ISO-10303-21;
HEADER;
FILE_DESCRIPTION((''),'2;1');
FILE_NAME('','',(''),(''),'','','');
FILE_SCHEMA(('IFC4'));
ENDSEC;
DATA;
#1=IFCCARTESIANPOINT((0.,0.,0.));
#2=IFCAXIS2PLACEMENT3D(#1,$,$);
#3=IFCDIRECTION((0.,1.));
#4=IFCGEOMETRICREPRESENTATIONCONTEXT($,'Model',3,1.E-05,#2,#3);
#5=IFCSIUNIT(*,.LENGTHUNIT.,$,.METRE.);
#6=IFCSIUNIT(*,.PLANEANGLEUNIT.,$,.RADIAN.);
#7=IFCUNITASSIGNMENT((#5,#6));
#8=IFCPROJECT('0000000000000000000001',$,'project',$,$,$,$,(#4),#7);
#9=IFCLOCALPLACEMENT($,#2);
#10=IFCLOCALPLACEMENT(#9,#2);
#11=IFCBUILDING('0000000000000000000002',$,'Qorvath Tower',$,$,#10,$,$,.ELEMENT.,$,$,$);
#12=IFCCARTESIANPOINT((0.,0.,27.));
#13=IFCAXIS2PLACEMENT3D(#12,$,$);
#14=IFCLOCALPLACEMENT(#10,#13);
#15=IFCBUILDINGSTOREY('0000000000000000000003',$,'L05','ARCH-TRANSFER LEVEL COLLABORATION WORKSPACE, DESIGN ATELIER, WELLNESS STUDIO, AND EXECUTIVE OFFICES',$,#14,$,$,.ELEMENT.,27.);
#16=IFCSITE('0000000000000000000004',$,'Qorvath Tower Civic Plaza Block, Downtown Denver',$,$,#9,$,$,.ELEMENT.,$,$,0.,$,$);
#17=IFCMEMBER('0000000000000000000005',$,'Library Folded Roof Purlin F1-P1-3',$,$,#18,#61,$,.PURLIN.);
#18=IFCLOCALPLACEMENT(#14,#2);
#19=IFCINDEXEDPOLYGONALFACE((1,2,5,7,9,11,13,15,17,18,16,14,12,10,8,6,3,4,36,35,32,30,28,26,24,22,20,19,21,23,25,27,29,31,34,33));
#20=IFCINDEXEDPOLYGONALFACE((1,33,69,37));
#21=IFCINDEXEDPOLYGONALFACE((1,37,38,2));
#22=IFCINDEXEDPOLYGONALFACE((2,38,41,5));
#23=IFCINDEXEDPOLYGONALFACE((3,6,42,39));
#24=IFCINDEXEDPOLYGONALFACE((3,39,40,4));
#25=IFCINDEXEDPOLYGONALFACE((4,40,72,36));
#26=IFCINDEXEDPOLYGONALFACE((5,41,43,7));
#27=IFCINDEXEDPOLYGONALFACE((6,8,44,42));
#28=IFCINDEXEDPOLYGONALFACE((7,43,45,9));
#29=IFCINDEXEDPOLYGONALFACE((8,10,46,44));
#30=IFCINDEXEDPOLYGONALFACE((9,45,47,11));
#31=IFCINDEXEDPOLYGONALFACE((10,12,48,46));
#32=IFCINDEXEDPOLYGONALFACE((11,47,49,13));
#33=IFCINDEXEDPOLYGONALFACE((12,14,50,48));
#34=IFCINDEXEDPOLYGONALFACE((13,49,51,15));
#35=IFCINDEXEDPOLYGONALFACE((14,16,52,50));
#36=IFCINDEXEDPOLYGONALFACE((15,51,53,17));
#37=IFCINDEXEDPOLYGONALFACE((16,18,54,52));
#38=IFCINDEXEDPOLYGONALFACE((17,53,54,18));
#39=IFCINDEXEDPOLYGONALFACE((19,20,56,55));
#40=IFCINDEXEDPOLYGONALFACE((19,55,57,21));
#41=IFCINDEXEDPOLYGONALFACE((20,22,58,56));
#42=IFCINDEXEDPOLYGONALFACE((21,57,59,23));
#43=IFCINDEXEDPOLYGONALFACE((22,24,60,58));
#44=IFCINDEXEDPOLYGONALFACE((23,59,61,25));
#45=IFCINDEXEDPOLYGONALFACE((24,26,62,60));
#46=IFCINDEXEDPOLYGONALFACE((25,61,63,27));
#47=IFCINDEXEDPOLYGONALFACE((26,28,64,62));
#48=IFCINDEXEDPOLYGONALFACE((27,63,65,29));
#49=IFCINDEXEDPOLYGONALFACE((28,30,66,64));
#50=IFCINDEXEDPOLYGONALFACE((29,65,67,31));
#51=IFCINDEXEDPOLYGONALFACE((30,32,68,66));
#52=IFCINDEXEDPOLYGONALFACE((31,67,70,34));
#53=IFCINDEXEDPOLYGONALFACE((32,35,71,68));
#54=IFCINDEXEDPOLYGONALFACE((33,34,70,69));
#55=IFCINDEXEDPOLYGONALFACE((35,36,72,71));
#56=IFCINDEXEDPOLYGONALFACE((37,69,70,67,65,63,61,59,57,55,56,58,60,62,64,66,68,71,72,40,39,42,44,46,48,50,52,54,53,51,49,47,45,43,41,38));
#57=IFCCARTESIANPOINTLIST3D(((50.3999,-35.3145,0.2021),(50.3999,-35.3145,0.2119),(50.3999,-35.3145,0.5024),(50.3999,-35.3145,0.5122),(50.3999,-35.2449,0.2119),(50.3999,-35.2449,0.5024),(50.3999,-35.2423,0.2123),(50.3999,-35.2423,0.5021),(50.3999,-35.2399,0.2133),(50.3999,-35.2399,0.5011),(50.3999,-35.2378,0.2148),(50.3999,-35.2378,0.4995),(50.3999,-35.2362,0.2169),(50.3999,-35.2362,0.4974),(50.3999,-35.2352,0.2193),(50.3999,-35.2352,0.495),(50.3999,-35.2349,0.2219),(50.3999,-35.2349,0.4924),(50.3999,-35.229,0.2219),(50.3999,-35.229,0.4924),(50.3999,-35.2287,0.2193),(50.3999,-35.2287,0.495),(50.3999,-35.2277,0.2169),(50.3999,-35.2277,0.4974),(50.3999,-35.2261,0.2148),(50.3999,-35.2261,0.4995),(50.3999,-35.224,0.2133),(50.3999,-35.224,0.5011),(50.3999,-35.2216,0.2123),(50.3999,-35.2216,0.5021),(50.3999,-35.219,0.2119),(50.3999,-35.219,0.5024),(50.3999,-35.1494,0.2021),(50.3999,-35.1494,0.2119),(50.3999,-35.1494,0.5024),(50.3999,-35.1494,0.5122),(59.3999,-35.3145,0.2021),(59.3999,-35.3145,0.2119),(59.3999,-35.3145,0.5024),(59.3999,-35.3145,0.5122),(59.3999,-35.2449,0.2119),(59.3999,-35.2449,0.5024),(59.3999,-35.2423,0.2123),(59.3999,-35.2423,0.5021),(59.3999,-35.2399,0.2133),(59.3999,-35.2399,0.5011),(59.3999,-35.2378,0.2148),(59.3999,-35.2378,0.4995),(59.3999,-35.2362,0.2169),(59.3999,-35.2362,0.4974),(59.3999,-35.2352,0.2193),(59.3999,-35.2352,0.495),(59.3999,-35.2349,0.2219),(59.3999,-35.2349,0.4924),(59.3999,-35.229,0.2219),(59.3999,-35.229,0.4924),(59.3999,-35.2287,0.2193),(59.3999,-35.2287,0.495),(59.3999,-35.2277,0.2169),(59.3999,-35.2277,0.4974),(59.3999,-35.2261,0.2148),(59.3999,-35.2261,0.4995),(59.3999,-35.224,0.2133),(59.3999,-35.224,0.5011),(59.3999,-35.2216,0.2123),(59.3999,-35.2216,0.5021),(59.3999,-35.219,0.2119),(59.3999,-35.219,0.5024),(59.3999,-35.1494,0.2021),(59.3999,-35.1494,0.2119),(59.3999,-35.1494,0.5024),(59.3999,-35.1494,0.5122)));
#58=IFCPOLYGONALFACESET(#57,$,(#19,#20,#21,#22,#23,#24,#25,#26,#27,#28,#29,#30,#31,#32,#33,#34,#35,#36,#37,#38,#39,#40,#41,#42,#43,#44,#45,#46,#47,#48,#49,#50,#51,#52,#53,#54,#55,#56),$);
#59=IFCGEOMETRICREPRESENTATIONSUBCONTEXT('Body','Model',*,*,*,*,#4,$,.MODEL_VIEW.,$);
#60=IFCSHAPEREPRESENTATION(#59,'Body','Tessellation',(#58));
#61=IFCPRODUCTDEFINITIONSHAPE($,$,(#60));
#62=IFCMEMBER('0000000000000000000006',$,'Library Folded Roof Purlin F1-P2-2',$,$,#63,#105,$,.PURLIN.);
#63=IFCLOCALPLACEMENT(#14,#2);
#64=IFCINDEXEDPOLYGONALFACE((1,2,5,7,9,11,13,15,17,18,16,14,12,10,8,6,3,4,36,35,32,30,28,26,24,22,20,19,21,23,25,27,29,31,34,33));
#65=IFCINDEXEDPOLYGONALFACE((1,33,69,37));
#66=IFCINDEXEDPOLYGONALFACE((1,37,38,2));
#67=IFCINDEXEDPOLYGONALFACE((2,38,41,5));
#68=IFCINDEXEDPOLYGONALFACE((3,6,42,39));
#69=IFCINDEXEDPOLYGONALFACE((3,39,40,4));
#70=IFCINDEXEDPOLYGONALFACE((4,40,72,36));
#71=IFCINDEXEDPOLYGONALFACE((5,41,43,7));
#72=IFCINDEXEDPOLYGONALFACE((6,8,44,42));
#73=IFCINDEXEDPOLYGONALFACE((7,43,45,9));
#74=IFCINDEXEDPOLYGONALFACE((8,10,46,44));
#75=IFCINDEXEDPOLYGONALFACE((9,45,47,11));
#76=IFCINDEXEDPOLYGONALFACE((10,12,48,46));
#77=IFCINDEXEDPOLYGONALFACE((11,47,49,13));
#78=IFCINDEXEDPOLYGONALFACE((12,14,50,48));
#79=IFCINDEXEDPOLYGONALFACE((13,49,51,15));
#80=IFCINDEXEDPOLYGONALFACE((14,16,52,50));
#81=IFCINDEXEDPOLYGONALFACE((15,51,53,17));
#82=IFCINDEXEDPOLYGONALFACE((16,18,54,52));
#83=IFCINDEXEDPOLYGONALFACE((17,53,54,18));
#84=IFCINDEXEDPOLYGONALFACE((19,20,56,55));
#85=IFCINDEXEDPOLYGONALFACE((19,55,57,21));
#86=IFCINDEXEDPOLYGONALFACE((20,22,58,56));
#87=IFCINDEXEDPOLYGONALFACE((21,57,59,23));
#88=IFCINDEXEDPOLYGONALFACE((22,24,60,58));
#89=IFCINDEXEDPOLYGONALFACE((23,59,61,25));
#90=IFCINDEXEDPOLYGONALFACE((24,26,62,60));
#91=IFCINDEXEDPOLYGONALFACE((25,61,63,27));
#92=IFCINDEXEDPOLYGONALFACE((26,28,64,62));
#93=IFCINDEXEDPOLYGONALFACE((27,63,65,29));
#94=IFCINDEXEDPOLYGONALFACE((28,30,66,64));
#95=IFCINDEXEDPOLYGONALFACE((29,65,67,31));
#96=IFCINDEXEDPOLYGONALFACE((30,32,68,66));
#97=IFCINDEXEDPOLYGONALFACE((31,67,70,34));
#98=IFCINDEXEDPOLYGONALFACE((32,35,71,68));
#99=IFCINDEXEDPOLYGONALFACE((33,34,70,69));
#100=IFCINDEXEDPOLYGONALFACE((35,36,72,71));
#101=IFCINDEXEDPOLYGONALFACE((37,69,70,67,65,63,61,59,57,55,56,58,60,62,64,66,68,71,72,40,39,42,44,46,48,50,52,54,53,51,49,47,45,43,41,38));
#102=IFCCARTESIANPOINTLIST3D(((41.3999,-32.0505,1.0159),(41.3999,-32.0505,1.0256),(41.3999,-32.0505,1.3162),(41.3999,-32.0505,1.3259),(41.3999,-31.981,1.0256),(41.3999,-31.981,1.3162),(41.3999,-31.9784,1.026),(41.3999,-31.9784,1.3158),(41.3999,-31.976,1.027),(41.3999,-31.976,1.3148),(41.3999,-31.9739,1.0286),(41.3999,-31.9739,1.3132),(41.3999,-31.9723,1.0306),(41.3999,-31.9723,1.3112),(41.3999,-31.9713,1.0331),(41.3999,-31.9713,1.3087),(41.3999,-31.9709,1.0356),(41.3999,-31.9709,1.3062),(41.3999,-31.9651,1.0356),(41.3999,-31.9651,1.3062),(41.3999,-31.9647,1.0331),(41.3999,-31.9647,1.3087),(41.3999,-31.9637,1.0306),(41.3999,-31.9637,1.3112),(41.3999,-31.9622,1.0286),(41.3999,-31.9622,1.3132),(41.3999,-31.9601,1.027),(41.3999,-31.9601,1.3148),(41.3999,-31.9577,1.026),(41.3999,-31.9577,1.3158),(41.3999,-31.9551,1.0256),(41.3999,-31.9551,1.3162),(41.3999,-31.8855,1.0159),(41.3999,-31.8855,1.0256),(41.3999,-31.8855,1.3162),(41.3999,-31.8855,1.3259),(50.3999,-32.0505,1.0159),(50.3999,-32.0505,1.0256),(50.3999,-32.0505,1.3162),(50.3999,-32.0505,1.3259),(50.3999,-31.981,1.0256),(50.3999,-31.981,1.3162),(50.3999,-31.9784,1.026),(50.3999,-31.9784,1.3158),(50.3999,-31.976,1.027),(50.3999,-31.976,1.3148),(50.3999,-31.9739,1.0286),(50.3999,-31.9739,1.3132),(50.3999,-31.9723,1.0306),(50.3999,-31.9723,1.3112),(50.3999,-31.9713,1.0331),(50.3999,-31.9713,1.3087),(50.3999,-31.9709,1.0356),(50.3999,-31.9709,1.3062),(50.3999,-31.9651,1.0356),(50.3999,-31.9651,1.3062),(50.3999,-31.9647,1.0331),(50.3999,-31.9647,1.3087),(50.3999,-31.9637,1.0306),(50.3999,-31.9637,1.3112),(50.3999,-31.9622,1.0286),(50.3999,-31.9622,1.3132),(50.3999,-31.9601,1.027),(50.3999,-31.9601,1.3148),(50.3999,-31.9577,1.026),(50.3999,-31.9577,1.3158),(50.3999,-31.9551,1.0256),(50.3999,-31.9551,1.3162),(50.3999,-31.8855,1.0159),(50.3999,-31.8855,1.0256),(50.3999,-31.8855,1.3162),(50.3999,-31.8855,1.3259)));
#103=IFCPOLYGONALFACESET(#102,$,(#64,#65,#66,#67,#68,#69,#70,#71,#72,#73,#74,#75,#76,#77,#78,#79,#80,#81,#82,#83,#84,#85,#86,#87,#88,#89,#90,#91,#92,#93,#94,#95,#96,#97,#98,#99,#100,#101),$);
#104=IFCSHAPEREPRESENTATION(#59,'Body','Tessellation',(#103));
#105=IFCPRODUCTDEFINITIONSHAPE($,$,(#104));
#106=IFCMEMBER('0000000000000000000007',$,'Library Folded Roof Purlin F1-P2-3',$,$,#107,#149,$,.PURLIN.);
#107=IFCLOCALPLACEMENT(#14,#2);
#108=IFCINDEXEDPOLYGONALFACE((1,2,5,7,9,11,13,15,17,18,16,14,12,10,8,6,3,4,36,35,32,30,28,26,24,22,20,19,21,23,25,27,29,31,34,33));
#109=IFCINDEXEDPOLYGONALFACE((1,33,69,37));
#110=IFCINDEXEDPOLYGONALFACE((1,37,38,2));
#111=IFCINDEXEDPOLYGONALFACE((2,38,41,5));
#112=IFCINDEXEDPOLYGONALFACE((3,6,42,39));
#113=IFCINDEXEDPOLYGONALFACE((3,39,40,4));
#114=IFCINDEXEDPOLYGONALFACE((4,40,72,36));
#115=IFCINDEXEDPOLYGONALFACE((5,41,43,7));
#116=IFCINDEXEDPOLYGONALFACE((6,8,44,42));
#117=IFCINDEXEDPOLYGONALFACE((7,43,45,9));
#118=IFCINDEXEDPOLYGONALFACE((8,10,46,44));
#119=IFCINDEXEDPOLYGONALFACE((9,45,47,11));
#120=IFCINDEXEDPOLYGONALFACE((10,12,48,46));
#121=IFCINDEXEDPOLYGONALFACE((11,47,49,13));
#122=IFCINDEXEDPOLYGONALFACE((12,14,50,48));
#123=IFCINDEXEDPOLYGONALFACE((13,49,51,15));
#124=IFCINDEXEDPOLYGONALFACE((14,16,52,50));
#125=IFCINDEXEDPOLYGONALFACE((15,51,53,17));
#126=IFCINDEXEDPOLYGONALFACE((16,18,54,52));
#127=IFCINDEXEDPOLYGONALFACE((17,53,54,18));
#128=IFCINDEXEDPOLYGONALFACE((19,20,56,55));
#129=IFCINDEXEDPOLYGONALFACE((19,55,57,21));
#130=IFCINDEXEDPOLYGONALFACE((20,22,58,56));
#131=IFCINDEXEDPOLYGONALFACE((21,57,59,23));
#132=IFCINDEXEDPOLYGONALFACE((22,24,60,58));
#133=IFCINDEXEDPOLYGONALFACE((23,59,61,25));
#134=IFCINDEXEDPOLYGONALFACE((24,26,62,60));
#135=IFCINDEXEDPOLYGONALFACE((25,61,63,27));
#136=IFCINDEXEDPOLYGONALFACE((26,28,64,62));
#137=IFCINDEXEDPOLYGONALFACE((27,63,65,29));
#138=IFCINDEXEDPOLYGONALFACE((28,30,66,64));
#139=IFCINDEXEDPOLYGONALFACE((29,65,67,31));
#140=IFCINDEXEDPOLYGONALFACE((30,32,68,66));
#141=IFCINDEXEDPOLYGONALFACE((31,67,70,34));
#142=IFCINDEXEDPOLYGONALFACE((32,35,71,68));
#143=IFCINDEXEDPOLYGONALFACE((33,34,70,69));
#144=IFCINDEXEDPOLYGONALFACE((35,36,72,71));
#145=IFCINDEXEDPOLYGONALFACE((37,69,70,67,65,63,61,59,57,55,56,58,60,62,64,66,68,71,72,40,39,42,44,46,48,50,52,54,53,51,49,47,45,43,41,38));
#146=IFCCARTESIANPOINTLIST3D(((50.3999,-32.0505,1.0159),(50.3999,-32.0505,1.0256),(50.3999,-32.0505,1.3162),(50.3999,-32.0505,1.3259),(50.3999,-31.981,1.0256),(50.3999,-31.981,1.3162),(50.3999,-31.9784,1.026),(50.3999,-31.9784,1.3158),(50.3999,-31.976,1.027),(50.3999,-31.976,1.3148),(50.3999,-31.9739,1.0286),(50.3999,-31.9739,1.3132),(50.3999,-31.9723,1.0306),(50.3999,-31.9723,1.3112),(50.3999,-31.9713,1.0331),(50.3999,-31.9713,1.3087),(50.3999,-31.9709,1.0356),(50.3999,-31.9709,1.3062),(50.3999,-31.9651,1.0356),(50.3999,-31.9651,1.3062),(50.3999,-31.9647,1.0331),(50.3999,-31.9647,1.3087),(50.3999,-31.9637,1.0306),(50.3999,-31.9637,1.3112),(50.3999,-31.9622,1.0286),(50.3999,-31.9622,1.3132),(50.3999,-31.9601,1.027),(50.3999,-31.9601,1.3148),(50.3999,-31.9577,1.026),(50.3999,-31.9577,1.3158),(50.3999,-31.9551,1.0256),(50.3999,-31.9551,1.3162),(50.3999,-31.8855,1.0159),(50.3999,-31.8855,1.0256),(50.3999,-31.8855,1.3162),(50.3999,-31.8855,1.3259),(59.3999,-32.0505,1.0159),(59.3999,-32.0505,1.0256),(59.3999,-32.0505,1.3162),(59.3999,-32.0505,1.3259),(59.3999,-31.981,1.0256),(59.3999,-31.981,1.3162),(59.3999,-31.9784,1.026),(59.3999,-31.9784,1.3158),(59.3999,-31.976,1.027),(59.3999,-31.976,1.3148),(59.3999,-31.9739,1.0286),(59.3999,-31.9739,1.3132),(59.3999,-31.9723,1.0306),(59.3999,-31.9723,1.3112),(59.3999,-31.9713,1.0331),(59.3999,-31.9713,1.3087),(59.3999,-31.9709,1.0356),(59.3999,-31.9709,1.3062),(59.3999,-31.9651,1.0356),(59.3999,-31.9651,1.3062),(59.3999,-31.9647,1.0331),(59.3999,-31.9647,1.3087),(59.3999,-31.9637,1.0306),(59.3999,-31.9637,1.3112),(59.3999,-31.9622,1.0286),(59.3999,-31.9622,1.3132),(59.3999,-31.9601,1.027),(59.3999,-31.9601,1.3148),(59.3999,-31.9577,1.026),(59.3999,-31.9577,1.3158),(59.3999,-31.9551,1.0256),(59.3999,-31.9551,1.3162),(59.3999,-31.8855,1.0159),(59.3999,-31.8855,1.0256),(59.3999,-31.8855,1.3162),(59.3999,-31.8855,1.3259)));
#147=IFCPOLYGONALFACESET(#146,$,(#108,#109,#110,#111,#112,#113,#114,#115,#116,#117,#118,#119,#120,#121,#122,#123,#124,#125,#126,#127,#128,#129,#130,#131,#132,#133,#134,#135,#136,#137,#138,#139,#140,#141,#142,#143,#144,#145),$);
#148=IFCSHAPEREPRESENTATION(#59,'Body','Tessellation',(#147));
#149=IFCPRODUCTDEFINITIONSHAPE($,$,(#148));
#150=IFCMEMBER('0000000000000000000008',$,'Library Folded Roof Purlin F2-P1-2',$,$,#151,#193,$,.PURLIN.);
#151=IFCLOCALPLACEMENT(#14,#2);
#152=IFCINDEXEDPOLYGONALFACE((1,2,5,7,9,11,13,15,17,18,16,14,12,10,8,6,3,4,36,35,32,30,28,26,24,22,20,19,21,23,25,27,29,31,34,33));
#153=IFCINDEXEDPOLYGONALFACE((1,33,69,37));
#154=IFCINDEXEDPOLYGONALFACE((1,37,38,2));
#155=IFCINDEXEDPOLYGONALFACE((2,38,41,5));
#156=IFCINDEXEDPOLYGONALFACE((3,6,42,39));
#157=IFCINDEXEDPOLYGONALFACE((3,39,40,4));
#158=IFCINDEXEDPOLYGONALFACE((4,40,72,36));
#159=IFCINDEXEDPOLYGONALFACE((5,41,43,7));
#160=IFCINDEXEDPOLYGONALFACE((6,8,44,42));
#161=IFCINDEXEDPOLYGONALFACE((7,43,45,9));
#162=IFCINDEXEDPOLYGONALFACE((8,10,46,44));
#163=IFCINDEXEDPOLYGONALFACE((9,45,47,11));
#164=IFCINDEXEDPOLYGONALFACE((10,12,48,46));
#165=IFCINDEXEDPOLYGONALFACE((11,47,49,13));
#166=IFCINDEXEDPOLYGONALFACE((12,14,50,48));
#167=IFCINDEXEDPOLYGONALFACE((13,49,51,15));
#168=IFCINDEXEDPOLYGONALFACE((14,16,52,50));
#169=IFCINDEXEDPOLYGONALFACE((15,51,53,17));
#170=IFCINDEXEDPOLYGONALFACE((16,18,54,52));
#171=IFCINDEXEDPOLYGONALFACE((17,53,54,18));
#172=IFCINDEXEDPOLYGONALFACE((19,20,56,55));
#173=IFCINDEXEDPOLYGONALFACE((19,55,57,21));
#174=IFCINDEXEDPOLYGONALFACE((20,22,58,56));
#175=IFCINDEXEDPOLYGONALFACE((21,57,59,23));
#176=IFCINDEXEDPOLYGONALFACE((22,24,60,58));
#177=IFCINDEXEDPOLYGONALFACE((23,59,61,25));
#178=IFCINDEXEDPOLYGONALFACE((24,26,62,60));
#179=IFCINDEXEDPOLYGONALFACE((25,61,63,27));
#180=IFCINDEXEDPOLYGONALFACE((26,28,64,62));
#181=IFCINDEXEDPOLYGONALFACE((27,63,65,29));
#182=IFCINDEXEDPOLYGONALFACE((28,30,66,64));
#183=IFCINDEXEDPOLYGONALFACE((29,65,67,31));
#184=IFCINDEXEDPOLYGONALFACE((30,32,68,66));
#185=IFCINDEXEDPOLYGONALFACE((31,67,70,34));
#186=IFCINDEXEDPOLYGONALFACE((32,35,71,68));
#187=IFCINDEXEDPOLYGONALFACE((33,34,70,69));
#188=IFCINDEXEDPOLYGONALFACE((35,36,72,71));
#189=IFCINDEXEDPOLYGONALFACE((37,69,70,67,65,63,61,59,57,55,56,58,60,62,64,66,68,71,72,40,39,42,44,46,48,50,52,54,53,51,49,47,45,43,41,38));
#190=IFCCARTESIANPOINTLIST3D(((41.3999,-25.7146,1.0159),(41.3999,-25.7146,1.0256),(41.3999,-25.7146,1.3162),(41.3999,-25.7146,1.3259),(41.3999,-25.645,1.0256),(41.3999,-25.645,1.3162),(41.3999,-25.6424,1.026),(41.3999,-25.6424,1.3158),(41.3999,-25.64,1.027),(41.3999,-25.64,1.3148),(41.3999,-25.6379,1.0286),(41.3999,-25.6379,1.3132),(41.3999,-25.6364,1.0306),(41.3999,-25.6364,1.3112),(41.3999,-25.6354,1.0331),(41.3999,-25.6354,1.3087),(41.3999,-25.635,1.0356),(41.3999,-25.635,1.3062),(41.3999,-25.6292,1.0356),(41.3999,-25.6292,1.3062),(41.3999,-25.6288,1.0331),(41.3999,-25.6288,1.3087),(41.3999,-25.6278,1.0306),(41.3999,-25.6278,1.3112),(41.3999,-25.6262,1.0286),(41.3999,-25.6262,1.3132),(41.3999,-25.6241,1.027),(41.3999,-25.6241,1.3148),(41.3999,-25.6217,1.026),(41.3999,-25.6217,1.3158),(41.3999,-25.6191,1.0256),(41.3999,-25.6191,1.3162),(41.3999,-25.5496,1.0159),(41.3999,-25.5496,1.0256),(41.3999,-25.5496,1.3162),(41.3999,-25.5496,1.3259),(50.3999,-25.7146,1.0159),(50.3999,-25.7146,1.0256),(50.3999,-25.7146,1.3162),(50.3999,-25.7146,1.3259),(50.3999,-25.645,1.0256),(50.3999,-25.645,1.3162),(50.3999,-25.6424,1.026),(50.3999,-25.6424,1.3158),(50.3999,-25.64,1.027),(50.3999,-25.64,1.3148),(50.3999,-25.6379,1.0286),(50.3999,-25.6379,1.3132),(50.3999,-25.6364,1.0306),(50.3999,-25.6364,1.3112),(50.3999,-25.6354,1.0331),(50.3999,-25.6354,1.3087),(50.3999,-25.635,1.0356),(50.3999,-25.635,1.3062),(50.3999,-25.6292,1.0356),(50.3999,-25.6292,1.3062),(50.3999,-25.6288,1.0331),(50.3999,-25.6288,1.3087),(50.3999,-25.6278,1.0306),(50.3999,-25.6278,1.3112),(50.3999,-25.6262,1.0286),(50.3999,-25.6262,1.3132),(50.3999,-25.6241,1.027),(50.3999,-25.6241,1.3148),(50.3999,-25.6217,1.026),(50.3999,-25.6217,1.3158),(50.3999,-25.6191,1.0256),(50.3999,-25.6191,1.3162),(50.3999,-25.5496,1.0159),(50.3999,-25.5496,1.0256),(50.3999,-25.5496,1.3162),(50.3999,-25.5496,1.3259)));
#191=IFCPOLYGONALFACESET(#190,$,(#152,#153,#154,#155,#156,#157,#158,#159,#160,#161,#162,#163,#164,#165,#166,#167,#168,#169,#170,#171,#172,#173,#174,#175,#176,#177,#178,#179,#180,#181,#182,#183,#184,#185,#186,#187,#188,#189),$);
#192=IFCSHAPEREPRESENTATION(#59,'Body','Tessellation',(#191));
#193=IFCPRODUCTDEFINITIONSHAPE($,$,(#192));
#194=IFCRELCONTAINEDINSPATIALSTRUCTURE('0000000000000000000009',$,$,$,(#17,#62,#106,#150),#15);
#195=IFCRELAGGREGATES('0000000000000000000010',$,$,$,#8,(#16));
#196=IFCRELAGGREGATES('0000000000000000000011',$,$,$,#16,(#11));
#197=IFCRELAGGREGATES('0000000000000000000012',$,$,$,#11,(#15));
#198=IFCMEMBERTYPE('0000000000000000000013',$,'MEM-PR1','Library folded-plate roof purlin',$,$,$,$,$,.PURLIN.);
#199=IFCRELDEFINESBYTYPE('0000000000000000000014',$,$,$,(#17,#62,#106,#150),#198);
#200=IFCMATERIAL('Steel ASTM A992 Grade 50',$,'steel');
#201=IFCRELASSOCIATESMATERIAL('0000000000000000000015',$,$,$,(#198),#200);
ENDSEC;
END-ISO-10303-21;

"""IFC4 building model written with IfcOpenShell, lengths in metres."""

from ifc_helpers import new_model, si_unit, direction, frame, origin, origin_2d, place, context, subcontext, project, spatial, i_section, extrude, material, material_profile, profile_set, type_object, element, save


model = new_model("IFC4")

# Units and contexts
model_context = context("Model", 3, precision=1e-05, world=origin(), true_north=direction((0.0, 1.0)))
body_context = subcontext(model_context, "Body", "Model", "MODEL_VIEW")
ifc_project = project(units=[si_unit("LENGTHUNIT", "METRE"), si_unit("PLANEANGLEUNIT", "RADIAN")], contexts=[model_context])

# Site, building, storey
site_placement = place(None, origin())
site = spatial("IfcSite", under=ifc_project, at=site_placement, Name="Qorvath Tower Civic Plaza Block, Downtown Denver", CompositionType="ELEMENT", RefElevation=0.0)
building_placement = place(site_placement, origin())
building = spatial("IfcBuilding", under=site, at=building_placement, Name="Qorvath Tower", CompositionType="ELEMENT")
storey_placement = place(building_placement, frame((0.0, 0.0, 27.0)))
storey = spatial("IfcBuildingStorey", under=building, at=storey_placement, Name="L05", Description="ARCH-TRANSFER LEVEL COLLABORATION WORKSPACE, DESIGN ATELIER, WELLNESS STUDIO, AND EXECUTIVE OFFICES", CompositionType="ELEMENT", Elevation=27.0)

# Members
ifc_material_1 = material(Name="Steel ASTM A992 Grade 50", Category="steel")
ifc_material_profile_1 = material_profile(ifc_material_1, i_section(OverallWidth=0.165, OverallDepth=0.3101, WebThickness=0.0059, FlangeThickness=0.0098, FilletRadius=0.01, at=origin_2d()), Name="W12x26")
ifc_profile_set_1 = profile_set([ifc_material_profile_1], Name="Steel ASTM A992 Grade 50")
member_type_1 = type_object("IfcMemberType", Name="MEM-PR1", Description="Library folded-plate roof purlin", PredefinedType="PURLIN", material=ifc_profile_set_1)
for number, where, z_axis, x_axis, name in (
    (1, (50.3999, -35.2319, 0.3572), (1.0, 0.0, 0.0), (0.0, 1.0, 0.0), "Library Folded Roof Purlin F1-P1-3"),
    (2, (41.3999, -31.968, 1.1709), (1.0, 0.0, 0.0), (0.0, 1.0, 0.0), "Library Folded Roof Purlin F1-P2-2"),
    (3, (50.3999, -31.968, 1.1709), (1.0, 0.0, 0.0), (0.0, 1.0, 0.0), "Library Folded Roof Purlin F1-P2-3"),
    (4, (41.3999, -25.6321, 1.1709), (1.0, 0.0, 0.0), (0.0, 1.0, 0.0), "Library Folded Roof Purlin F2-P1-2"),
):
    element("IfcMember", number, at=place(storey_placement, frame(where, z_axis=z_axis, x_axis=x_axis)), inside=storey, type_object=member_type_1, Name=name, PredefinedType="PURLIN", context=body_context, shape_type="SweptSolid", body=[
        extrude(i_section(OverallWidth=0.165, OverallDepth=0.3101, WebThickness=0.0059, FlangeThickness=0.0098, FilletRadius=0.01, at=origin_2d()), origin(), (0.0, 0.0, 1.0), 9.0),
    ])

save(model, "model.ifc")
